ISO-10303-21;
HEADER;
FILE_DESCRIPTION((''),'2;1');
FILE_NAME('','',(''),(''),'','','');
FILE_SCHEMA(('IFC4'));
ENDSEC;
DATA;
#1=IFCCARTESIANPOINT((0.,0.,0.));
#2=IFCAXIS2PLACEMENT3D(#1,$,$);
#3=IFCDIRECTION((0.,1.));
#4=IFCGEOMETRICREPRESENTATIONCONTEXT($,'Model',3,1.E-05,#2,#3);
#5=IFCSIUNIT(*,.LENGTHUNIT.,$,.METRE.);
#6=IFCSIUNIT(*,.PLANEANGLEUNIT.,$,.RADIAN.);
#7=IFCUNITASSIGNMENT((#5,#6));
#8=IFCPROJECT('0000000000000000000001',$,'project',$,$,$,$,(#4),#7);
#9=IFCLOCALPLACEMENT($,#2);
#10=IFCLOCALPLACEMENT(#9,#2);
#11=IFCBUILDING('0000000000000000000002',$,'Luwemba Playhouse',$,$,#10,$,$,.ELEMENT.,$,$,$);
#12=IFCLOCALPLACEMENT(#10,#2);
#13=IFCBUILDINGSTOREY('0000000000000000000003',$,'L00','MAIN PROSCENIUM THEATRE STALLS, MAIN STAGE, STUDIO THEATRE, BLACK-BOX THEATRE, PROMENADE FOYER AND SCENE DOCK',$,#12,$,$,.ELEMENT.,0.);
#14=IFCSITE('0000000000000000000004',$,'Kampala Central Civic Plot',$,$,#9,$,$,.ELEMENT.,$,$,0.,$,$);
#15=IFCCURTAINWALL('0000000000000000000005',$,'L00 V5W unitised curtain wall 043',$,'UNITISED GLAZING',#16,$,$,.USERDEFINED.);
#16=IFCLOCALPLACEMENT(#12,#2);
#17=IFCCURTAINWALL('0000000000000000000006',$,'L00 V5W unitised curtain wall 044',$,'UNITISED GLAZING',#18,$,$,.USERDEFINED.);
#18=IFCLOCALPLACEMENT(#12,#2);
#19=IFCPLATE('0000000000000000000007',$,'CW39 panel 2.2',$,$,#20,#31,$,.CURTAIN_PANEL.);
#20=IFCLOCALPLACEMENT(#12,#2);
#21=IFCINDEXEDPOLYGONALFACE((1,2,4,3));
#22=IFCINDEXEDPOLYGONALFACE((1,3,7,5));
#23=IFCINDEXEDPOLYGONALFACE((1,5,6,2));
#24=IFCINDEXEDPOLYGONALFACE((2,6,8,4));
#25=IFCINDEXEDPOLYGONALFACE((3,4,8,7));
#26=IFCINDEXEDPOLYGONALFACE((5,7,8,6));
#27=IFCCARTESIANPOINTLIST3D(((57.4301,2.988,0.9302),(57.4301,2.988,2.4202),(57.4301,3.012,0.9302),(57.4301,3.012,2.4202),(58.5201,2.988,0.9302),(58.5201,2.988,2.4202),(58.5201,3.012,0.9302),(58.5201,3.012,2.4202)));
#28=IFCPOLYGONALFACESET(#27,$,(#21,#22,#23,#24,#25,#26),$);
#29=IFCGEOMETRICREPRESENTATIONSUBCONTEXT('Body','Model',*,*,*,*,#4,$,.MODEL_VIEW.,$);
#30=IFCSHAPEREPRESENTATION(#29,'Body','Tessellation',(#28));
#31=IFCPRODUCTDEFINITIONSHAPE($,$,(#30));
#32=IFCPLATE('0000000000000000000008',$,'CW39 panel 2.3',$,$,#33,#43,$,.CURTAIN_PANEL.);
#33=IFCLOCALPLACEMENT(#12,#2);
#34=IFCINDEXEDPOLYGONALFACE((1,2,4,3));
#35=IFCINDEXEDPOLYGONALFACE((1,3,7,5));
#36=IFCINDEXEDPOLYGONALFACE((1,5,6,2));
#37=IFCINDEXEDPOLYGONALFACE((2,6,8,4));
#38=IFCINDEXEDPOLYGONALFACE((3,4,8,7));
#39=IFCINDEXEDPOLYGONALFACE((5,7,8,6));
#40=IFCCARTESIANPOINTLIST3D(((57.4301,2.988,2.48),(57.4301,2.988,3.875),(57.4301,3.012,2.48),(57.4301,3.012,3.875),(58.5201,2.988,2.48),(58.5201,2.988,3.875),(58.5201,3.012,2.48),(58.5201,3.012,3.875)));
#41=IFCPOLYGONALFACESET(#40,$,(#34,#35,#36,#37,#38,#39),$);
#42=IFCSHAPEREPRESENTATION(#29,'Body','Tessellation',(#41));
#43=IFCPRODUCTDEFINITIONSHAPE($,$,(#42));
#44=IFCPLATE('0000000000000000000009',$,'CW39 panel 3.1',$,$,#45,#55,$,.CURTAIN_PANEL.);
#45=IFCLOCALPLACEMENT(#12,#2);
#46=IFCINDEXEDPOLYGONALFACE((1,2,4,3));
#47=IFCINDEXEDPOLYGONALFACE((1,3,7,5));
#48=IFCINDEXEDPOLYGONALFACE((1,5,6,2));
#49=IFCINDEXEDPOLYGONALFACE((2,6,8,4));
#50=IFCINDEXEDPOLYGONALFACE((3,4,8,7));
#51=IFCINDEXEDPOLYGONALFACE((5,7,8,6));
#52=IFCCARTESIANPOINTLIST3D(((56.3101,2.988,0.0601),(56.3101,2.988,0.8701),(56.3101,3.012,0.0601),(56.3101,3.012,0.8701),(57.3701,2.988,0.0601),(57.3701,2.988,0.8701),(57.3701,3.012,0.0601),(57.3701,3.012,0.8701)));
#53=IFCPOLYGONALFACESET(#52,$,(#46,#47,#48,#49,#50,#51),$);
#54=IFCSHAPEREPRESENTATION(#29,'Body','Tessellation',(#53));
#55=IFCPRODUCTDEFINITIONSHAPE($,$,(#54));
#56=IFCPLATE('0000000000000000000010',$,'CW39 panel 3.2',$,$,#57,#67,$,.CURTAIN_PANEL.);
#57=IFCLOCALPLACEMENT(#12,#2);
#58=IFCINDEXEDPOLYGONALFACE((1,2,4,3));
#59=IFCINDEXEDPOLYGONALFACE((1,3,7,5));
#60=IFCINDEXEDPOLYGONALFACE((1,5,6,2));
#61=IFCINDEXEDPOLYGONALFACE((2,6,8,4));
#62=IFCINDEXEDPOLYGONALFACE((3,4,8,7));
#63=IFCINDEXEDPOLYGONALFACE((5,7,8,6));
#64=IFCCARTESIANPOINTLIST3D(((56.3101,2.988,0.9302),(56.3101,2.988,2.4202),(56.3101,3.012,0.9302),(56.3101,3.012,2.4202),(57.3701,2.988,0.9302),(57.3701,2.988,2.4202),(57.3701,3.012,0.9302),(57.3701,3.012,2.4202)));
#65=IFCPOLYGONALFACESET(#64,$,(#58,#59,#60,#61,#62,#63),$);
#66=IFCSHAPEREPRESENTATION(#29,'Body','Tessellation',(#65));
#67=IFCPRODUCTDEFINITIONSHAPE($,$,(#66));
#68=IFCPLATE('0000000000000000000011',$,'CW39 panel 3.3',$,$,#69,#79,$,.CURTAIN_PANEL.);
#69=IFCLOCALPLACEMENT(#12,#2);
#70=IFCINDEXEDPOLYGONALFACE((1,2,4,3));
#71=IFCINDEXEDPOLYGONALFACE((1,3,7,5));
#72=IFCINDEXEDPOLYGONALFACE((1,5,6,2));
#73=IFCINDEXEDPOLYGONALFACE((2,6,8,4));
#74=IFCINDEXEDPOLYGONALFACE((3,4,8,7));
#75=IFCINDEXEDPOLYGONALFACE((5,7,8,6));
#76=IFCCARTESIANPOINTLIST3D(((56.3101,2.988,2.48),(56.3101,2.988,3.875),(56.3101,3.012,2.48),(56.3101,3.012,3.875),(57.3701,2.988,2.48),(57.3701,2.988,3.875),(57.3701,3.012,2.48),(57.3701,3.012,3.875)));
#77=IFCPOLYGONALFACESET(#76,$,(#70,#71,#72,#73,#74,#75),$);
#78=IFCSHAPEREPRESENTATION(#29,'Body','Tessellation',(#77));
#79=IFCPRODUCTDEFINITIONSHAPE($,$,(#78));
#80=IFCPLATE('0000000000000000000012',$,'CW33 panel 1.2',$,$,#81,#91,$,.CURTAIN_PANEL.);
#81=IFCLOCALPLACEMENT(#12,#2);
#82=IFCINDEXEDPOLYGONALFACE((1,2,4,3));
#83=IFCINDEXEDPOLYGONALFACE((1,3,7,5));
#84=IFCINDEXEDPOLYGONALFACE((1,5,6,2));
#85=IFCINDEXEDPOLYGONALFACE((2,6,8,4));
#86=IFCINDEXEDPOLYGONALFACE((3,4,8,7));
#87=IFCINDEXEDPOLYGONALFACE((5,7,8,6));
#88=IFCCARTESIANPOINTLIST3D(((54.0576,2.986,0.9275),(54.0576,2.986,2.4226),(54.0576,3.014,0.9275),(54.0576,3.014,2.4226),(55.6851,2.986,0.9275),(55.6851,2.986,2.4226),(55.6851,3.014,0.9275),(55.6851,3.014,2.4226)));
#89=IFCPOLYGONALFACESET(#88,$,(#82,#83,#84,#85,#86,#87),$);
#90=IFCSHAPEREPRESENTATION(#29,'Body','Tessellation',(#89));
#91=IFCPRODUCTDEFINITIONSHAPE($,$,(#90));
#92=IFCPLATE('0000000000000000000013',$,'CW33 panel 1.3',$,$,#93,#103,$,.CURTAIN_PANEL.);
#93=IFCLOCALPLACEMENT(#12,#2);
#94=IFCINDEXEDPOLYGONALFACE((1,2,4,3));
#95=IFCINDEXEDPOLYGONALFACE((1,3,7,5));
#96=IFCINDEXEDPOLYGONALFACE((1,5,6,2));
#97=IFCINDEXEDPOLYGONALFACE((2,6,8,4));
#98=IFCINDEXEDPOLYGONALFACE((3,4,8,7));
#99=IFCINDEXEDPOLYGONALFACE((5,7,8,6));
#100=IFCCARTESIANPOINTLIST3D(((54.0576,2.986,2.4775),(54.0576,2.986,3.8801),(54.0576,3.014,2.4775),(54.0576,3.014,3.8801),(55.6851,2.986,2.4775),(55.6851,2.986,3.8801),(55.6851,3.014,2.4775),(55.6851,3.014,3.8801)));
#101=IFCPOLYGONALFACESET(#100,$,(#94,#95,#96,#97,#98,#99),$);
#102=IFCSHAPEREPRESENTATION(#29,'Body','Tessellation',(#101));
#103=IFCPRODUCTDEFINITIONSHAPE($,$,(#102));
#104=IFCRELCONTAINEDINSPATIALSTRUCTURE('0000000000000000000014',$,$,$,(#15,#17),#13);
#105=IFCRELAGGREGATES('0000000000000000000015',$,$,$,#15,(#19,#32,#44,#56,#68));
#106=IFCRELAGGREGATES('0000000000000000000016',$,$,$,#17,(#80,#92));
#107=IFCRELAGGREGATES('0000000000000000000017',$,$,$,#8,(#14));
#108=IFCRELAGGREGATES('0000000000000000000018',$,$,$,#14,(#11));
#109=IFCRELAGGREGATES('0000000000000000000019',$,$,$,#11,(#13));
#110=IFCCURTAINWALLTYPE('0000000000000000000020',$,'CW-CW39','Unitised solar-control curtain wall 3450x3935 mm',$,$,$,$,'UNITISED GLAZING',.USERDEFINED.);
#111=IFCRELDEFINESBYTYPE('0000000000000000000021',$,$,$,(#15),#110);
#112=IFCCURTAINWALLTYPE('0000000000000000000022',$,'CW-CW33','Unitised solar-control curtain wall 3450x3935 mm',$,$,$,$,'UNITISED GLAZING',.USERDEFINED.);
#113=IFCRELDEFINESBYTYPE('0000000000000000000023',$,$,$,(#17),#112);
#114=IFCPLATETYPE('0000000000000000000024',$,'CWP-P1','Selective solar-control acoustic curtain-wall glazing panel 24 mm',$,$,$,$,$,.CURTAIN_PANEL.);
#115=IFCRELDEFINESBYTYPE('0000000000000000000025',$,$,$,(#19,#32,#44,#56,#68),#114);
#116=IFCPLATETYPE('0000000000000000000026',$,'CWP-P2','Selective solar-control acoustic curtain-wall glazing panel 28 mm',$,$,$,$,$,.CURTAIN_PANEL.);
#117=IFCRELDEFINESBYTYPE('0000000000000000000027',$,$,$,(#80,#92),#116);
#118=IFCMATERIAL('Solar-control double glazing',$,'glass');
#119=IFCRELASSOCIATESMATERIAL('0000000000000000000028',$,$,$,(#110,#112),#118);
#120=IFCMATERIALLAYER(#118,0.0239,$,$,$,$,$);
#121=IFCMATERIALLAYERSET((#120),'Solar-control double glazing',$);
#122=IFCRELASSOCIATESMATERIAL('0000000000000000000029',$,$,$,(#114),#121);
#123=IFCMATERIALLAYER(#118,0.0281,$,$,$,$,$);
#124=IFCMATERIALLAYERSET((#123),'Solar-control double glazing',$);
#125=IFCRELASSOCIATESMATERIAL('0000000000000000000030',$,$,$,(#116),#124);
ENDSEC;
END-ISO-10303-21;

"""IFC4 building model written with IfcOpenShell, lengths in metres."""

from ifc_helpers import new_model, si_unit, direction, frame, origin, origin_2d, place, context, subcontext, project, spatial, rectangle, extrude, material, layer, layer_set, type_object, element, aggregate, save


model = new_model("IFC4")

# Units and contexts
model_context = context("Model", 3, precision=1e-05, world=origin(), true_north=direction((0.0, 1.0)))
body_context = subcontext(model_context, "Body", "Model", "MODEL_VIEW")
ifc_project = project(units=[si_unit("LENGTHUNIT", "METRE"), si_unit("PLANEANGLEUNIT", "RADIAN")], contexts=[model_context])

# Site, building, storey
site_placement = place(None, origin())
site = spatial("IfcSite", under=ifc_project, at=site_placement, Name="Kampala Central Civic Plot", CompositionType="ELEMENT", RefElevation=0.0)
building_placement = place(site_placement, origin())
building = spatial("IfcBuilding", under=site, at=building_placement, Name="Luwemba Playhouse", CompositionType="ELEMENT")
storey_placement = place(building_placement, origin())
storey = spatial("IfcBuildingStorey", under=building, at=storey_placement, Name="L00", Description="MAIN PROSCENIUM THEATRE STALLS, MAIN STAGE, STUDIO THEATRE, BLACK-BOX THEATRE, PROMENADE FOYER AND SCENE DOCK", CompositionType="ELEMENT", Elevation=0.0)

# Curtain wall
ifc_material_1 = material(Name="Solar-control double glazing", Category="glass")
curtain_wall_type_1 = type_object("IfcCurtainWallType", Name="CW-CW39", Description="Unitised solar-control curtain wall 3450x3935 mm", ElementType="UNITISED GLAZING", PredefinedType="USERDEFINED", material=ifc_material_1)
curtain_wall_1_placement = place(storey_placement, origin())
curtain_wall_1 = element("IfcCurtainWall", 1, at=curtain_wall_1_placement, inside=storey, type_object=curtain_wall_type_1, Name="L00 V5W unitised curtain wall 043", ObjectType="UNITISED GLAZING", PredefinedType="USERDEFINED")

# Curtain wall
curtain_wall_type_2 = type_object("IfcCurtainWallType", Name="CW-CW33", Description="Unitised solar-control curtain wall 3450x3935 mm", ElementType="UNITISED GLAZING", PredefinedType="USERDEFINED", material=ifc_material_1)
curtain_wall_2_placement = place(storey_placement, origin())
curtain_wall_2 = element("IfcCurtainWall", 2, at=curtain_wall_2_placement, inside=storey, type_object=curtain_wall_type_2, Name="L00 V5W unitised curtain wall 044", ObjectType="UNITISED GLAZING", PredefinedType="USERDEFINED")

# Plates
ifc_layer_1 = layer(ifc_material_1, 0.0239)
ifc_layer_set_1 = layer_set([ifc_layer_1], Name="Solar-control double glazing")
plate_type_1 = type_object("IfcPlateType", Name="CWP-P1", Description="Selective solar-control acoustic curtain-wall glazing panel 24 mm", PredefinedType="CURTAIN_PANEL", material=ifc_layer_set_1)
plate_1_placement = place(storey_placement, frame((57.9751, 3.0, 0.9302), z_axis=(0.0, 0.0, 1.0), x_axis=(-1.0, 0.0, 0.0)))
plate_1 = element("IfcPlate", 3, at=plate_1_placement, type_object=plate_type_1, Name="CW39 panel 2.2", PredefinedType="CURTAIN_PANEL", context=body_context, shape_type="SweptSolid", body=[
    extrude(rectangle(XDim=1.0901, YDim=0.0239, at=origin_2d()), origin(), (0.0, 0.0, 1.0), 1.49),
])
plate_2_placement = place(storey_placement, frame((57.9751, 3.0, 2.48), z_axis=(0.0, 0.0, 1.0), x_axis=(-1.0, 0.0, 0.0)))
plate_2 = element("IfcPlate", 4, at=plate_2_placement, type_object=plate_type_1, Name="CW39 panel 2.3", PredefinedType="CURTAIN_PANEL", context=body_context, shape_type="SweptSolid", body=[
    extrude(rectangle(XDim=1.0901, YDim=0.0239, at=origin_2d()), origin(), (0.0, 0.0, 1.0), 1.395),
])
plate_3_placement = place(storey_placement, frame((56.8401, 3.0, 0.0601), z_axis=(0.0, 0.0, 1.0), x_axis=(-1.0, 0.0, 0.0)))
plate_3 = element("IfcPlate", 5, at=plate_3_placement, type_object=plate_type_1, Name="CW39 panel 3.1", PredefinedType="CURTAIN_PANEL", context=body_context, shape_type="SweptSolid", body=[
    extrude(rectangle(XDim=1.0601, YDim=0.0239, at=origin_2d()), origin(), (0.0, 0.0, 1.0), 0.8101),
])
plate_4_placement = place(storey_placement, frame((56.8401, 3.0, 0.9302), z_axis=(0.0, 0.0, 1.0), x_axis=(-1.0, 0.0, 0.0)))
plate_4 = element("IfcPlate", 6, at=plate_4_placement, type_object=plate_type_1, Name="CW39 panel 3.2", PredefinedType="CURTAIN_PANEL", context=body_context, shape_type="SweptSolid", body=[
    extrude(rectangle(XDim=1.0601, YDim=0.0239, at=origin_2d()), origin(), (0.0, 0.0, 1.0), 1.49),
])
plate_5_placement = place(storey_placement, frame((56.8401, 3.0, 2.48), z_axis=(0.0, 0.0, 1.0), x_axis=(-1.0, 0.0, 0.0)))
plate_5 = element("IfcPlate", 7, at=plate_5_placement, type_object=plate_type_1, Name="CW39 panel 3.3", PredefinedType="CURTAIN_PANEL", context=body_context, shape_type="SweptSolid", body=[
    extrude(rectangle(XDim=1.0601, YDim=0.0239, at=origin_2d()), origin(), (0.0, 0.0, 1.0), 1.395),
])
aggregate(curtain_wall_1, [plate_1, plate_2, plate_3, plate_4, plate_5])
ifc_layer_2 = layer(ifc_material_1, 0.0281)
ifc_layer_set_2 = layer_set([ifc_layer_2], Name="Solar-control double glazing")
plate_type_2 = type_object("IfcPlateType", Name="CWP-P2", Description="Selective solar-control acoustic curtain-wall glazing panel 28 mm", PredefinedType="CURTAIN_PANEL", material=ifc_layer_set_2)
plate_6_placement = place(storey_placement, frame((54.8713, 3.0, 0.9275), z_axis=(0.0, 0.0, 1.0), x_axis=(-1.0, 0.0, 0.0)))
plate_6 = element("IfcPlate", 8, at=plate_6_placement, type_object=plate_type_2, Name="CW33 panel 1.2", PredefinedType="CURTAIN_PANEL", context=body_context, shape_type="SweptSolid", body=[
    extrude(rectangle(XDim=1.6274, YDim=0.0281, at=origin_2d()), origin(), (0.0, 0.0, 1.0), 1.4951),
])
plate_7_placement = place(storey_placement, frame((54.8713, 3.0, 2.4775), z_axis=(0.0, 0.0, 1.0), x_axis=(-1.0, 0.0, 0.0)))
plate_7 = element("IfcPlate", 9, at=plate_7_placement, type_object=plate_type_2, Name="CW33 panel 1.3", PredefinedType="CURTAIN_PANEL", context=body_context, shape_type="SweptSolid", body=[
    extrude(rectangle(XDim=1.6274, YDim=0.0281, at=origin_2d()), origin(), (0.0, 0.0, 1.0), 1.4026),
])
aggregate(curtain_wall_2, [plate_6, plate_7])

save(model, "model.ifc")
